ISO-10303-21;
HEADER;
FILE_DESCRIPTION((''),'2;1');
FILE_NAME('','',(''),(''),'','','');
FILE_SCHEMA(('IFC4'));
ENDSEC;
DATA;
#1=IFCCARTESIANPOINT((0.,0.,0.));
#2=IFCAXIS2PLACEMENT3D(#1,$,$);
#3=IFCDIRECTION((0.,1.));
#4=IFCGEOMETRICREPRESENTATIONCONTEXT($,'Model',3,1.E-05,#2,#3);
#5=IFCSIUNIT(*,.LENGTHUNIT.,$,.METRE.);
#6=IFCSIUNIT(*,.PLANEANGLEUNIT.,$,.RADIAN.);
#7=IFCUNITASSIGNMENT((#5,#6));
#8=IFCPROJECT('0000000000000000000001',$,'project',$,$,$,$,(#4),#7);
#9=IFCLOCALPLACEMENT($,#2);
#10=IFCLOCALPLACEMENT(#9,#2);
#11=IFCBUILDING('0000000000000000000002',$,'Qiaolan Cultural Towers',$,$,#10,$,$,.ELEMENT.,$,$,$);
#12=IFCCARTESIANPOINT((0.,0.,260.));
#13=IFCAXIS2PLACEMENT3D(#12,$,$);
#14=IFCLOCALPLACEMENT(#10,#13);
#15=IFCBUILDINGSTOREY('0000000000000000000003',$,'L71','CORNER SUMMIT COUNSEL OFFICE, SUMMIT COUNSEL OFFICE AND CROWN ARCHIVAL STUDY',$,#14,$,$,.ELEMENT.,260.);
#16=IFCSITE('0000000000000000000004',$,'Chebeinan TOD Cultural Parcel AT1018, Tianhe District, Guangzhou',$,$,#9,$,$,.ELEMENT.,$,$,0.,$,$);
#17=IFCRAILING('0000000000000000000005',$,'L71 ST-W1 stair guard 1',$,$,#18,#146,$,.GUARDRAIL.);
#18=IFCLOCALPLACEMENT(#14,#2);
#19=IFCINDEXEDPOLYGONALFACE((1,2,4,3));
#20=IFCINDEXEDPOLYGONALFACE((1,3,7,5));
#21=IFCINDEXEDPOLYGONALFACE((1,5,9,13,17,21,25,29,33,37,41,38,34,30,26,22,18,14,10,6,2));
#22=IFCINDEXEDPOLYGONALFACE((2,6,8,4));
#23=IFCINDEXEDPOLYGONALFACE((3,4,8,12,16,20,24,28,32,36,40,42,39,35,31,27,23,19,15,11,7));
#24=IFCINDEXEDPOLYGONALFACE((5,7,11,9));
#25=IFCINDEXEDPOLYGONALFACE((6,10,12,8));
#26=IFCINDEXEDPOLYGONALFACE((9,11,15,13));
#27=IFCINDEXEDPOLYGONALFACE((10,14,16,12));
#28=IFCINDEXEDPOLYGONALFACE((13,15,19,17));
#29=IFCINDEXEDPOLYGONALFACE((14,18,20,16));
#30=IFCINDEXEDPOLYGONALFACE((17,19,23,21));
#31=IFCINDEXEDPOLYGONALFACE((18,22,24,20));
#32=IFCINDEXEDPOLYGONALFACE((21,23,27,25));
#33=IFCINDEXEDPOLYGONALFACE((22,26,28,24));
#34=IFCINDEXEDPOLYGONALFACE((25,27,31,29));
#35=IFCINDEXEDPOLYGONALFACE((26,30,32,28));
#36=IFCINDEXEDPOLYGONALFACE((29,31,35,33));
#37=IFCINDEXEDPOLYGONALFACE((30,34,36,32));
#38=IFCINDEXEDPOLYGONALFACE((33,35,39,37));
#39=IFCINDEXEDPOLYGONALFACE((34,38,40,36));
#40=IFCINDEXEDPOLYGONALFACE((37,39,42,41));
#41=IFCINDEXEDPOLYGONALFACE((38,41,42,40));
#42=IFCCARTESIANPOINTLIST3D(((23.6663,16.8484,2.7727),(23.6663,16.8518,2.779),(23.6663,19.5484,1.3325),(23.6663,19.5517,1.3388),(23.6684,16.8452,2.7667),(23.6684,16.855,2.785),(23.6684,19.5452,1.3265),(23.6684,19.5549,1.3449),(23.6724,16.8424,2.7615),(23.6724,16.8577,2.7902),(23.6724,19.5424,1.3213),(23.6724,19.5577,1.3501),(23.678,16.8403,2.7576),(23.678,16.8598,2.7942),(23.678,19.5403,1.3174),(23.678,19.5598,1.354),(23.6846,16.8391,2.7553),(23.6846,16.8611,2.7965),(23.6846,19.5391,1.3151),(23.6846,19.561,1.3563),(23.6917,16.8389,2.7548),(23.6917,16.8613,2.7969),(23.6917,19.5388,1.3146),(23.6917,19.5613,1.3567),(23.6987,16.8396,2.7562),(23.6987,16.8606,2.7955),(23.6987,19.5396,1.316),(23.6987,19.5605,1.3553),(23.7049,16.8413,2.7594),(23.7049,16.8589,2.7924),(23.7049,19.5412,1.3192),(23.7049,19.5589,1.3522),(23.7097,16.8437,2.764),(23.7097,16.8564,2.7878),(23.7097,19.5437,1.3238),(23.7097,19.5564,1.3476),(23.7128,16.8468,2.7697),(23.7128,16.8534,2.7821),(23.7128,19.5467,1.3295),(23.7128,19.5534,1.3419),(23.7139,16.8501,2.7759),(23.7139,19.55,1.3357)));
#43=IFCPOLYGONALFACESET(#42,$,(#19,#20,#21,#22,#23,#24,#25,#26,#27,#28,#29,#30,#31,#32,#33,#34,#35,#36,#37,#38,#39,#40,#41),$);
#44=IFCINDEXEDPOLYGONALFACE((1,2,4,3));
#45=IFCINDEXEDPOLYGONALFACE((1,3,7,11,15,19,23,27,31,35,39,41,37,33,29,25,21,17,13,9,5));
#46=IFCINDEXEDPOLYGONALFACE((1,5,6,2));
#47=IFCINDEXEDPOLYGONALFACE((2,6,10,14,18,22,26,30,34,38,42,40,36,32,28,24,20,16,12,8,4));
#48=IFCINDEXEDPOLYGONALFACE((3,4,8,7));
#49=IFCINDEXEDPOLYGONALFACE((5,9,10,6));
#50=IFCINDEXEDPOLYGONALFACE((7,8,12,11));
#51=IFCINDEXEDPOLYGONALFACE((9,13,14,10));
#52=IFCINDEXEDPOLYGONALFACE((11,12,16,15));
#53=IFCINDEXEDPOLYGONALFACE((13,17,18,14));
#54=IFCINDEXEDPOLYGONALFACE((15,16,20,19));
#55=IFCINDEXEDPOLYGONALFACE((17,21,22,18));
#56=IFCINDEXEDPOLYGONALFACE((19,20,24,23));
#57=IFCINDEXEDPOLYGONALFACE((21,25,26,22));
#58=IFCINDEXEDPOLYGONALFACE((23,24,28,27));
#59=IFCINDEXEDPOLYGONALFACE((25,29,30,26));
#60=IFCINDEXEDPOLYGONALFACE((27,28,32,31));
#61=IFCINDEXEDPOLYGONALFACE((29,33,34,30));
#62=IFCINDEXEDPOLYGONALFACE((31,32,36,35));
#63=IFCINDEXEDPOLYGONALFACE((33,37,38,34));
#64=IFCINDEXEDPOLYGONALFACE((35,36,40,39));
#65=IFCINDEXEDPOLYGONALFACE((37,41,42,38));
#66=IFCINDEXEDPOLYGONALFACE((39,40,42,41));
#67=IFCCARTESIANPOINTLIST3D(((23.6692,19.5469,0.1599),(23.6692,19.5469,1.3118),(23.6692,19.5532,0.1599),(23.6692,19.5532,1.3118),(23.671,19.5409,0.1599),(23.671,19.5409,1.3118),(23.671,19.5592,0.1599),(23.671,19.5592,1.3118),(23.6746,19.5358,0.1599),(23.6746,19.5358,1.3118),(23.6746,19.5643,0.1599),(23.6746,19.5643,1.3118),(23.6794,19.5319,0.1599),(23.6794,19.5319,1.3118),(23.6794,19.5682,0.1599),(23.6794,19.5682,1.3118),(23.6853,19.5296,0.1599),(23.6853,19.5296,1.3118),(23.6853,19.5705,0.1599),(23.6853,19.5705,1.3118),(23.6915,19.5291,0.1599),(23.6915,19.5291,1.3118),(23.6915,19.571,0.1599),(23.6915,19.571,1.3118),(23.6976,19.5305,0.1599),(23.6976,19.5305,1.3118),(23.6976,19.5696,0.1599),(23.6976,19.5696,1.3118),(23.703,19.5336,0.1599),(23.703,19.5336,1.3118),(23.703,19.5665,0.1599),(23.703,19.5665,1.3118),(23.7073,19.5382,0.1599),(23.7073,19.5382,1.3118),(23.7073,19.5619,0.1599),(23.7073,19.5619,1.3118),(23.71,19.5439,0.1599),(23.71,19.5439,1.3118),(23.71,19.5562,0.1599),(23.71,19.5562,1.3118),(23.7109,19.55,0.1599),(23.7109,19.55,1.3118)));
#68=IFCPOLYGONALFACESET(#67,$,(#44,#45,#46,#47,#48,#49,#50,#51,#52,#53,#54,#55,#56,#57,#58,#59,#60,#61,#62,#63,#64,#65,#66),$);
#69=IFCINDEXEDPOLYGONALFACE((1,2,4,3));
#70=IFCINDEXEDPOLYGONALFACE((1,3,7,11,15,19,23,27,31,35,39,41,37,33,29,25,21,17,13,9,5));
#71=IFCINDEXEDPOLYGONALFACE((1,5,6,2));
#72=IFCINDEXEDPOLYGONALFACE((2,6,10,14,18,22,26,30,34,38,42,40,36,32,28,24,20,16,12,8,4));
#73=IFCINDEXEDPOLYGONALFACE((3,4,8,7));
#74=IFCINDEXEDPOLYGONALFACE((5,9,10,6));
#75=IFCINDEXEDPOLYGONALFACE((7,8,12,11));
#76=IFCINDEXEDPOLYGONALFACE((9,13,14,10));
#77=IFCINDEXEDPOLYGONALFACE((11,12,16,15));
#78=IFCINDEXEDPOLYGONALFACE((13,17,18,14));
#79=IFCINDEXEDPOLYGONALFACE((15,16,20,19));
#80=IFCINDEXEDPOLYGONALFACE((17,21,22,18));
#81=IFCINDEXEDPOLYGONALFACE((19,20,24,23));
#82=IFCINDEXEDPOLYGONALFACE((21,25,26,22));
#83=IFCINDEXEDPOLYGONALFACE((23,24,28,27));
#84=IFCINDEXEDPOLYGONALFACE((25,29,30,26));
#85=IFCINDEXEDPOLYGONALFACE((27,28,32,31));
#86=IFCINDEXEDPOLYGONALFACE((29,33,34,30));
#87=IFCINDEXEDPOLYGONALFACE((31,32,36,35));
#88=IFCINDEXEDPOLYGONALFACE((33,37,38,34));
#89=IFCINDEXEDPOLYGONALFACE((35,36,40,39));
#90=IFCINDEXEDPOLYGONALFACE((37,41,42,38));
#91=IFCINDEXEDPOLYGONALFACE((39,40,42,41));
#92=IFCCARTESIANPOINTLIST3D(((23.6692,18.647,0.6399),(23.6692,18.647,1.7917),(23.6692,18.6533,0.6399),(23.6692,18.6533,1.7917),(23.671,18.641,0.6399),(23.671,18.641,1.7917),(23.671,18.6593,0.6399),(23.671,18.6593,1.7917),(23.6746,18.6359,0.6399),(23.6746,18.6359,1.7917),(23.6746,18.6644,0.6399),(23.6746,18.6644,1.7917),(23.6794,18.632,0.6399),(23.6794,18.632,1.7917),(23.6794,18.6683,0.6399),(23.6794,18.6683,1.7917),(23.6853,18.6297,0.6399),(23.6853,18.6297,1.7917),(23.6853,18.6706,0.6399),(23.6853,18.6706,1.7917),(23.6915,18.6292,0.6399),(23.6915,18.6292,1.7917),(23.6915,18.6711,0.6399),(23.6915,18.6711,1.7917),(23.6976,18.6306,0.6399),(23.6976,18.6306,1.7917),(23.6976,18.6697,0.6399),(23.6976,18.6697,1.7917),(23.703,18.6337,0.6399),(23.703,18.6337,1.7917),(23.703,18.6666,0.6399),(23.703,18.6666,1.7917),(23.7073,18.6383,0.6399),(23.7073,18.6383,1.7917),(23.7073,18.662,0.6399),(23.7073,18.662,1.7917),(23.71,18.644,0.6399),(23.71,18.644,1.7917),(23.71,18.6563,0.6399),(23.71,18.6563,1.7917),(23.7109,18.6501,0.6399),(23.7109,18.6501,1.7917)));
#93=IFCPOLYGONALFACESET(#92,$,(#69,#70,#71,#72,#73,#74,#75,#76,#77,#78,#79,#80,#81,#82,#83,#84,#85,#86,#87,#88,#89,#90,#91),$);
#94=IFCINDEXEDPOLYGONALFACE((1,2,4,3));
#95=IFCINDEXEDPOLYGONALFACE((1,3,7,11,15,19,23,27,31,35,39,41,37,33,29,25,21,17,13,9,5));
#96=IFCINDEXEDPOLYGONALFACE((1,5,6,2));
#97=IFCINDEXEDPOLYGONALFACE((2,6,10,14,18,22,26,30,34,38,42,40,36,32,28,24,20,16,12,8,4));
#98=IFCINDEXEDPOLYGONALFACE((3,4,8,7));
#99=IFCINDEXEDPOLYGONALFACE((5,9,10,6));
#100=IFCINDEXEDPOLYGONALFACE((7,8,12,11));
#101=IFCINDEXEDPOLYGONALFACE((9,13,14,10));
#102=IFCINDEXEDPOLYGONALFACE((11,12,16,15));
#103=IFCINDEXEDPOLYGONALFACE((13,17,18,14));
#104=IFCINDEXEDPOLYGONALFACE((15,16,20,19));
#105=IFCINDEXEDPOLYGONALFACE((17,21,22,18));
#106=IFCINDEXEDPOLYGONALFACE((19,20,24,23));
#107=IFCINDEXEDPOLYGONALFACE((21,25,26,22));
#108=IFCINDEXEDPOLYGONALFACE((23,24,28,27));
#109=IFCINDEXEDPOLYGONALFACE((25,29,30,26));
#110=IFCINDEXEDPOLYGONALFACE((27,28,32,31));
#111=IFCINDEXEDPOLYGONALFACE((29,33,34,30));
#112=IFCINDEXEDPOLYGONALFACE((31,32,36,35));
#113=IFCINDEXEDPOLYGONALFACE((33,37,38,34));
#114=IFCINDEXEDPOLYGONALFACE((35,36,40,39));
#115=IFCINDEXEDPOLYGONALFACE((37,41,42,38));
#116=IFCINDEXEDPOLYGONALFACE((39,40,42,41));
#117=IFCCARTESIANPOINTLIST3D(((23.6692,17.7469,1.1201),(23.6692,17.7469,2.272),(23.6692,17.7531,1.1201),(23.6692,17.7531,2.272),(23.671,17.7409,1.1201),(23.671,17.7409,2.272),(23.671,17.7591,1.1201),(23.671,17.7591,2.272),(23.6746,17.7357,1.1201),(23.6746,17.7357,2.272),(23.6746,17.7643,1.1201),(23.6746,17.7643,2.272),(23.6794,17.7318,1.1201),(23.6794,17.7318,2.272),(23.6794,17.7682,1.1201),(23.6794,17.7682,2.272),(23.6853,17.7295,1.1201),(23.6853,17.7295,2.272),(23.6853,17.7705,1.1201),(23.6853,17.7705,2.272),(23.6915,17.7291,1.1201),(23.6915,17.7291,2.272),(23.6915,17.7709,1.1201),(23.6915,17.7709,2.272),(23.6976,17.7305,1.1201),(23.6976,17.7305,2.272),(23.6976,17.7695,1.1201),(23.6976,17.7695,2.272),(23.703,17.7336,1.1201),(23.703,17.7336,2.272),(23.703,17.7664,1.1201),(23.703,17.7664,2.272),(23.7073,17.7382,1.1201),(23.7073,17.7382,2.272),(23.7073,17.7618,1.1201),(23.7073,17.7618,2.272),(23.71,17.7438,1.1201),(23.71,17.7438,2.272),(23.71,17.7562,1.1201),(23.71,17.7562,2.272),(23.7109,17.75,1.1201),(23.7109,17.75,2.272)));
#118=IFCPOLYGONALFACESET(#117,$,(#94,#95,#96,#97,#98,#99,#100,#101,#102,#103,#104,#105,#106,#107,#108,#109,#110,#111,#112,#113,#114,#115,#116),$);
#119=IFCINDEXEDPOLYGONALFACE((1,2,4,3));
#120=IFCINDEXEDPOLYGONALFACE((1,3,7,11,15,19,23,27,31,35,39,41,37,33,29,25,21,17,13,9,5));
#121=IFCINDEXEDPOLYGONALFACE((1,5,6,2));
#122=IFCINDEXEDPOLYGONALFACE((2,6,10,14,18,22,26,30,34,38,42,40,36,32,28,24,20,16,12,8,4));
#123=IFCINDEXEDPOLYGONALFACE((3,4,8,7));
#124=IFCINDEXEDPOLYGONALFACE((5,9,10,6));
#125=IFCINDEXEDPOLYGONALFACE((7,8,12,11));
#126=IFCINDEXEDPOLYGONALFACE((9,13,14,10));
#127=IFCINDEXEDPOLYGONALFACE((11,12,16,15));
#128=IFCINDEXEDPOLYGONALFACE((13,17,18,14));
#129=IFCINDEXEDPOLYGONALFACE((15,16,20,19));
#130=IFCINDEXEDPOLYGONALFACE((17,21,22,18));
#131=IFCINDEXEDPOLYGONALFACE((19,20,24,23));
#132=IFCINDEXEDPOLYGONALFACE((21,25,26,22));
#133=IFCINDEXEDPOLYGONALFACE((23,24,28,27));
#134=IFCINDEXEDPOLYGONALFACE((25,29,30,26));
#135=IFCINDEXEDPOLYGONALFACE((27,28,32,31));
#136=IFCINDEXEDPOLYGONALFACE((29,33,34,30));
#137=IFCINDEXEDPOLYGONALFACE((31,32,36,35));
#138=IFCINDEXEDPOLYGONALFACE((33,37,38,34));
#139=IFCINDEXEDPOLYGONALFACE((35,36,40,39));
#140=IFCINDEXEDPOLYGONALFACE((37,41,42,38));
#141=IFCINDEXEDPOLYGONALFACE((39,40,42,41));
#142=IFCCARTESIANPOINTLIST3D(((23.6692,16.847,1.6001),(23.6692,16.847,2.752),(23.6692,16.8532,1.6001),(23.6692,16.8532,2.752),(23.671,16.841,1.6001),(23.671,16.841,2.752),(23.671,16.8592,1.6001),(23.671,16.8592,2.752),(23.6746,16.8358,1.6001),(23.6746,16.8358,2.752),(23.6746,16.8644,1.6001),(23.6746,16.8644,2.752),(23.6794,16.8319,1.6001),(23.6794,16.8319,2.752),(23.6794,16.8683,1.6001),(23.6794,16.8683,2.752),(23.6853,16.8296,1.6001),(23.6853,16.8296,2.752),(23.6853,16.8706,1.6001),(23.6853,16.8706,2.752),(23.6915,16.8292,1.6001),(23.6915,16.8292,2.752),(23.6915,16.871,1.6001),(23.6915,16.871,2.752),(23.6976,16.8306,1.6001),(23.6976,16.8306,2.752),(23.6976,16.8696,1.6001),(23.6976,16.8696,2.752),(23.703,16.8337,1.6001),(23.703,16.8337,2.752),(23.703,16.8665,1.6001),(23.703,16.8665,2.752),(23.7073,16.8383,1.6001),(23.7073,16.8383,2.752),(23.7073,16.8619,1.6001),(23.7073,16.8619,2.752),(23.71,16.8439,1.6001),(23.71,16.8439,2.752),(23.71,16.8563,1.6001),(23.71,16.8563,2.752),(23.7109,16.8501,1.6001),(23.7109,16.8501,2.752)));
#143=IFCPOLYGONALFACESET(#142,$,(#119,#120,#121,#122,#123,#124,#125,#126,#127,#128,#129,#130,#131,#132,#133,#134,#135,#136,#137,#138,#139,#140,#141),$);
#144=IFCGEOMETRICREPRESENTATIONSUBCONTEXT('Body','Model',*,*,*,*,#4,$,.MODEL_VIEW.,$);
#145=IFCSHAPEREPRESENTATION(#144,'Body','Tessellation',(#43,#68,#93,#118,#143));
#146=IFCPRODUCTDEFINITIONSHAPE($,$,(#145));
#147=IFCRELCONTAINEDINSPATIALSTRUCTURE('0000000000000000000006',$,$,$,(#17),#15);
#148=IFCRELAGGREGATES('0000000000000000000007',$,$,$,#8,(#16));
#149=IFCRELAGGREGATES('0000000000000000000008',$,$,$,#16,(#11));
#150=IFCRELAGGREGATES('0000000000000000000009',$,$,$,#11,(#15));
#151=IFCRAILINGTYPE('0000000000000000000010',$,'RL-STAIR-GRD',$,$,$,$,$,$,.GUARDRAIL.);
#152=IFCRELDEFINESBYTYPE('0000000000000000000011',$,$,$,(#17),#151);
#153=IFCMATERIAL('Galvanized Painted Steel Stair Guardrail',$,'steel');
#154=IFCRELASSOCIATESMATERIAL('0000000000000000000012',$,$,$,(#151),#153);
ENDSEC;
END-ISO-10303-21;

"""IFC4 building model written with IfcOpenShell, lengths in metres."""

from ifc_helpers import new_model, si_unit, direction, frame, origin, origin_2d, place, context, subcontext, project, spatial, circle, extrude, material, type_object, element, save


model = new_model("IFC4")

# Units and contexts
model_context = context("Model", 3, precision=1e-05, world=origin(), true_north=direction((0.0, 1.0)))
body_context = subcontext(model_context, "Body", "Model", "MODEL_VIEW")
ifc_project = project(units=[si_unit("LENGTHUNIT", "METRE"), si_unit("PLANEANGLEUNIT", "RADIAN")], contexts=[model_context])

# Site, building, storey
site_placement = place(None, origin())
site = spatial("IfcSite", under=ifc_project, at=site_placement, Name="Chebeinan TOD Cultural Parcel AT1018, Tianhe District, Guangzhou", CompositionType="ELEMENT", RefElevation=0.0)
building_placement = place(site_placement, origin())
building = spatial("IfcBuilding", under=site, at=building_placement, Name="Qiaolan Cultural Towers", CompositionType="ELEMENT")
storey_placement = place(building_placement, frame((0.0, 0.0, 260.0)))
storey = spatial("IfcBuildingStorey", under=building, at=storey_placement, Name="L71", Description="CORNER SUMMIT COUNSEL OFFICE, SUMMIT COUNSEL OFFICE AND CROWN ARCHIVAL STUDY", CompositionType="ELEMENT", Elevation=260.0)

# Railing
ifc_material_1 = material(Name="Galvanized Painted Steel Stair Guardrail", Category="steel")
railing_type_1 = type_object("IfcRailingType", Name="RL-STAIR-GRD", PredefinedType="GUARDRAIL", material=ifc_material_1)
railing_1_placement = place(storey_placement, frame((23.6899, 19.55, 0.1599)))
element("IfcRailing", 1, at=railing_1_placement, inside=storey, type_object=railing_type_1, Name="L71 ST-W1 stair guard 1", PredefinedType="GUARDRAIL", context=body_context, shape_type="SweptSolid", body=[
    extrude(circle(Radius=0.0239, at=origin_2d()), frame((0.0, 0.0, 1.1758), z_axis=(0.0, -0.882324, 0.470642), x_axis=(1.0, 0.0, 0.0)), (0.0, 0.0, 1.0), 3.0601),
    extrude(circle(Radius=0.021, at=origin_2d()), origin(), (0.0, 0.0, 1.0), 1.1519),
    extrude(circle(Radius=0.021, at=origin_2d()), frame((0.0, -0.8999, 0.48)), (0.0, 0.0, 1.0), 1.1519),
    extrude(circle(Radius=0.021, at=origin_2d()), frame((0.0, -1.8, 0.9602)), (0.0, 0.0, 1.0), 1.1519),
    extrude(circle(Radius=0.021, at=origin_2d()), frame((0.0, -2.7, 1.4402)), (0.0, 0.0, 1.0), 1.1519),
])

save(model, "model.ifc")
